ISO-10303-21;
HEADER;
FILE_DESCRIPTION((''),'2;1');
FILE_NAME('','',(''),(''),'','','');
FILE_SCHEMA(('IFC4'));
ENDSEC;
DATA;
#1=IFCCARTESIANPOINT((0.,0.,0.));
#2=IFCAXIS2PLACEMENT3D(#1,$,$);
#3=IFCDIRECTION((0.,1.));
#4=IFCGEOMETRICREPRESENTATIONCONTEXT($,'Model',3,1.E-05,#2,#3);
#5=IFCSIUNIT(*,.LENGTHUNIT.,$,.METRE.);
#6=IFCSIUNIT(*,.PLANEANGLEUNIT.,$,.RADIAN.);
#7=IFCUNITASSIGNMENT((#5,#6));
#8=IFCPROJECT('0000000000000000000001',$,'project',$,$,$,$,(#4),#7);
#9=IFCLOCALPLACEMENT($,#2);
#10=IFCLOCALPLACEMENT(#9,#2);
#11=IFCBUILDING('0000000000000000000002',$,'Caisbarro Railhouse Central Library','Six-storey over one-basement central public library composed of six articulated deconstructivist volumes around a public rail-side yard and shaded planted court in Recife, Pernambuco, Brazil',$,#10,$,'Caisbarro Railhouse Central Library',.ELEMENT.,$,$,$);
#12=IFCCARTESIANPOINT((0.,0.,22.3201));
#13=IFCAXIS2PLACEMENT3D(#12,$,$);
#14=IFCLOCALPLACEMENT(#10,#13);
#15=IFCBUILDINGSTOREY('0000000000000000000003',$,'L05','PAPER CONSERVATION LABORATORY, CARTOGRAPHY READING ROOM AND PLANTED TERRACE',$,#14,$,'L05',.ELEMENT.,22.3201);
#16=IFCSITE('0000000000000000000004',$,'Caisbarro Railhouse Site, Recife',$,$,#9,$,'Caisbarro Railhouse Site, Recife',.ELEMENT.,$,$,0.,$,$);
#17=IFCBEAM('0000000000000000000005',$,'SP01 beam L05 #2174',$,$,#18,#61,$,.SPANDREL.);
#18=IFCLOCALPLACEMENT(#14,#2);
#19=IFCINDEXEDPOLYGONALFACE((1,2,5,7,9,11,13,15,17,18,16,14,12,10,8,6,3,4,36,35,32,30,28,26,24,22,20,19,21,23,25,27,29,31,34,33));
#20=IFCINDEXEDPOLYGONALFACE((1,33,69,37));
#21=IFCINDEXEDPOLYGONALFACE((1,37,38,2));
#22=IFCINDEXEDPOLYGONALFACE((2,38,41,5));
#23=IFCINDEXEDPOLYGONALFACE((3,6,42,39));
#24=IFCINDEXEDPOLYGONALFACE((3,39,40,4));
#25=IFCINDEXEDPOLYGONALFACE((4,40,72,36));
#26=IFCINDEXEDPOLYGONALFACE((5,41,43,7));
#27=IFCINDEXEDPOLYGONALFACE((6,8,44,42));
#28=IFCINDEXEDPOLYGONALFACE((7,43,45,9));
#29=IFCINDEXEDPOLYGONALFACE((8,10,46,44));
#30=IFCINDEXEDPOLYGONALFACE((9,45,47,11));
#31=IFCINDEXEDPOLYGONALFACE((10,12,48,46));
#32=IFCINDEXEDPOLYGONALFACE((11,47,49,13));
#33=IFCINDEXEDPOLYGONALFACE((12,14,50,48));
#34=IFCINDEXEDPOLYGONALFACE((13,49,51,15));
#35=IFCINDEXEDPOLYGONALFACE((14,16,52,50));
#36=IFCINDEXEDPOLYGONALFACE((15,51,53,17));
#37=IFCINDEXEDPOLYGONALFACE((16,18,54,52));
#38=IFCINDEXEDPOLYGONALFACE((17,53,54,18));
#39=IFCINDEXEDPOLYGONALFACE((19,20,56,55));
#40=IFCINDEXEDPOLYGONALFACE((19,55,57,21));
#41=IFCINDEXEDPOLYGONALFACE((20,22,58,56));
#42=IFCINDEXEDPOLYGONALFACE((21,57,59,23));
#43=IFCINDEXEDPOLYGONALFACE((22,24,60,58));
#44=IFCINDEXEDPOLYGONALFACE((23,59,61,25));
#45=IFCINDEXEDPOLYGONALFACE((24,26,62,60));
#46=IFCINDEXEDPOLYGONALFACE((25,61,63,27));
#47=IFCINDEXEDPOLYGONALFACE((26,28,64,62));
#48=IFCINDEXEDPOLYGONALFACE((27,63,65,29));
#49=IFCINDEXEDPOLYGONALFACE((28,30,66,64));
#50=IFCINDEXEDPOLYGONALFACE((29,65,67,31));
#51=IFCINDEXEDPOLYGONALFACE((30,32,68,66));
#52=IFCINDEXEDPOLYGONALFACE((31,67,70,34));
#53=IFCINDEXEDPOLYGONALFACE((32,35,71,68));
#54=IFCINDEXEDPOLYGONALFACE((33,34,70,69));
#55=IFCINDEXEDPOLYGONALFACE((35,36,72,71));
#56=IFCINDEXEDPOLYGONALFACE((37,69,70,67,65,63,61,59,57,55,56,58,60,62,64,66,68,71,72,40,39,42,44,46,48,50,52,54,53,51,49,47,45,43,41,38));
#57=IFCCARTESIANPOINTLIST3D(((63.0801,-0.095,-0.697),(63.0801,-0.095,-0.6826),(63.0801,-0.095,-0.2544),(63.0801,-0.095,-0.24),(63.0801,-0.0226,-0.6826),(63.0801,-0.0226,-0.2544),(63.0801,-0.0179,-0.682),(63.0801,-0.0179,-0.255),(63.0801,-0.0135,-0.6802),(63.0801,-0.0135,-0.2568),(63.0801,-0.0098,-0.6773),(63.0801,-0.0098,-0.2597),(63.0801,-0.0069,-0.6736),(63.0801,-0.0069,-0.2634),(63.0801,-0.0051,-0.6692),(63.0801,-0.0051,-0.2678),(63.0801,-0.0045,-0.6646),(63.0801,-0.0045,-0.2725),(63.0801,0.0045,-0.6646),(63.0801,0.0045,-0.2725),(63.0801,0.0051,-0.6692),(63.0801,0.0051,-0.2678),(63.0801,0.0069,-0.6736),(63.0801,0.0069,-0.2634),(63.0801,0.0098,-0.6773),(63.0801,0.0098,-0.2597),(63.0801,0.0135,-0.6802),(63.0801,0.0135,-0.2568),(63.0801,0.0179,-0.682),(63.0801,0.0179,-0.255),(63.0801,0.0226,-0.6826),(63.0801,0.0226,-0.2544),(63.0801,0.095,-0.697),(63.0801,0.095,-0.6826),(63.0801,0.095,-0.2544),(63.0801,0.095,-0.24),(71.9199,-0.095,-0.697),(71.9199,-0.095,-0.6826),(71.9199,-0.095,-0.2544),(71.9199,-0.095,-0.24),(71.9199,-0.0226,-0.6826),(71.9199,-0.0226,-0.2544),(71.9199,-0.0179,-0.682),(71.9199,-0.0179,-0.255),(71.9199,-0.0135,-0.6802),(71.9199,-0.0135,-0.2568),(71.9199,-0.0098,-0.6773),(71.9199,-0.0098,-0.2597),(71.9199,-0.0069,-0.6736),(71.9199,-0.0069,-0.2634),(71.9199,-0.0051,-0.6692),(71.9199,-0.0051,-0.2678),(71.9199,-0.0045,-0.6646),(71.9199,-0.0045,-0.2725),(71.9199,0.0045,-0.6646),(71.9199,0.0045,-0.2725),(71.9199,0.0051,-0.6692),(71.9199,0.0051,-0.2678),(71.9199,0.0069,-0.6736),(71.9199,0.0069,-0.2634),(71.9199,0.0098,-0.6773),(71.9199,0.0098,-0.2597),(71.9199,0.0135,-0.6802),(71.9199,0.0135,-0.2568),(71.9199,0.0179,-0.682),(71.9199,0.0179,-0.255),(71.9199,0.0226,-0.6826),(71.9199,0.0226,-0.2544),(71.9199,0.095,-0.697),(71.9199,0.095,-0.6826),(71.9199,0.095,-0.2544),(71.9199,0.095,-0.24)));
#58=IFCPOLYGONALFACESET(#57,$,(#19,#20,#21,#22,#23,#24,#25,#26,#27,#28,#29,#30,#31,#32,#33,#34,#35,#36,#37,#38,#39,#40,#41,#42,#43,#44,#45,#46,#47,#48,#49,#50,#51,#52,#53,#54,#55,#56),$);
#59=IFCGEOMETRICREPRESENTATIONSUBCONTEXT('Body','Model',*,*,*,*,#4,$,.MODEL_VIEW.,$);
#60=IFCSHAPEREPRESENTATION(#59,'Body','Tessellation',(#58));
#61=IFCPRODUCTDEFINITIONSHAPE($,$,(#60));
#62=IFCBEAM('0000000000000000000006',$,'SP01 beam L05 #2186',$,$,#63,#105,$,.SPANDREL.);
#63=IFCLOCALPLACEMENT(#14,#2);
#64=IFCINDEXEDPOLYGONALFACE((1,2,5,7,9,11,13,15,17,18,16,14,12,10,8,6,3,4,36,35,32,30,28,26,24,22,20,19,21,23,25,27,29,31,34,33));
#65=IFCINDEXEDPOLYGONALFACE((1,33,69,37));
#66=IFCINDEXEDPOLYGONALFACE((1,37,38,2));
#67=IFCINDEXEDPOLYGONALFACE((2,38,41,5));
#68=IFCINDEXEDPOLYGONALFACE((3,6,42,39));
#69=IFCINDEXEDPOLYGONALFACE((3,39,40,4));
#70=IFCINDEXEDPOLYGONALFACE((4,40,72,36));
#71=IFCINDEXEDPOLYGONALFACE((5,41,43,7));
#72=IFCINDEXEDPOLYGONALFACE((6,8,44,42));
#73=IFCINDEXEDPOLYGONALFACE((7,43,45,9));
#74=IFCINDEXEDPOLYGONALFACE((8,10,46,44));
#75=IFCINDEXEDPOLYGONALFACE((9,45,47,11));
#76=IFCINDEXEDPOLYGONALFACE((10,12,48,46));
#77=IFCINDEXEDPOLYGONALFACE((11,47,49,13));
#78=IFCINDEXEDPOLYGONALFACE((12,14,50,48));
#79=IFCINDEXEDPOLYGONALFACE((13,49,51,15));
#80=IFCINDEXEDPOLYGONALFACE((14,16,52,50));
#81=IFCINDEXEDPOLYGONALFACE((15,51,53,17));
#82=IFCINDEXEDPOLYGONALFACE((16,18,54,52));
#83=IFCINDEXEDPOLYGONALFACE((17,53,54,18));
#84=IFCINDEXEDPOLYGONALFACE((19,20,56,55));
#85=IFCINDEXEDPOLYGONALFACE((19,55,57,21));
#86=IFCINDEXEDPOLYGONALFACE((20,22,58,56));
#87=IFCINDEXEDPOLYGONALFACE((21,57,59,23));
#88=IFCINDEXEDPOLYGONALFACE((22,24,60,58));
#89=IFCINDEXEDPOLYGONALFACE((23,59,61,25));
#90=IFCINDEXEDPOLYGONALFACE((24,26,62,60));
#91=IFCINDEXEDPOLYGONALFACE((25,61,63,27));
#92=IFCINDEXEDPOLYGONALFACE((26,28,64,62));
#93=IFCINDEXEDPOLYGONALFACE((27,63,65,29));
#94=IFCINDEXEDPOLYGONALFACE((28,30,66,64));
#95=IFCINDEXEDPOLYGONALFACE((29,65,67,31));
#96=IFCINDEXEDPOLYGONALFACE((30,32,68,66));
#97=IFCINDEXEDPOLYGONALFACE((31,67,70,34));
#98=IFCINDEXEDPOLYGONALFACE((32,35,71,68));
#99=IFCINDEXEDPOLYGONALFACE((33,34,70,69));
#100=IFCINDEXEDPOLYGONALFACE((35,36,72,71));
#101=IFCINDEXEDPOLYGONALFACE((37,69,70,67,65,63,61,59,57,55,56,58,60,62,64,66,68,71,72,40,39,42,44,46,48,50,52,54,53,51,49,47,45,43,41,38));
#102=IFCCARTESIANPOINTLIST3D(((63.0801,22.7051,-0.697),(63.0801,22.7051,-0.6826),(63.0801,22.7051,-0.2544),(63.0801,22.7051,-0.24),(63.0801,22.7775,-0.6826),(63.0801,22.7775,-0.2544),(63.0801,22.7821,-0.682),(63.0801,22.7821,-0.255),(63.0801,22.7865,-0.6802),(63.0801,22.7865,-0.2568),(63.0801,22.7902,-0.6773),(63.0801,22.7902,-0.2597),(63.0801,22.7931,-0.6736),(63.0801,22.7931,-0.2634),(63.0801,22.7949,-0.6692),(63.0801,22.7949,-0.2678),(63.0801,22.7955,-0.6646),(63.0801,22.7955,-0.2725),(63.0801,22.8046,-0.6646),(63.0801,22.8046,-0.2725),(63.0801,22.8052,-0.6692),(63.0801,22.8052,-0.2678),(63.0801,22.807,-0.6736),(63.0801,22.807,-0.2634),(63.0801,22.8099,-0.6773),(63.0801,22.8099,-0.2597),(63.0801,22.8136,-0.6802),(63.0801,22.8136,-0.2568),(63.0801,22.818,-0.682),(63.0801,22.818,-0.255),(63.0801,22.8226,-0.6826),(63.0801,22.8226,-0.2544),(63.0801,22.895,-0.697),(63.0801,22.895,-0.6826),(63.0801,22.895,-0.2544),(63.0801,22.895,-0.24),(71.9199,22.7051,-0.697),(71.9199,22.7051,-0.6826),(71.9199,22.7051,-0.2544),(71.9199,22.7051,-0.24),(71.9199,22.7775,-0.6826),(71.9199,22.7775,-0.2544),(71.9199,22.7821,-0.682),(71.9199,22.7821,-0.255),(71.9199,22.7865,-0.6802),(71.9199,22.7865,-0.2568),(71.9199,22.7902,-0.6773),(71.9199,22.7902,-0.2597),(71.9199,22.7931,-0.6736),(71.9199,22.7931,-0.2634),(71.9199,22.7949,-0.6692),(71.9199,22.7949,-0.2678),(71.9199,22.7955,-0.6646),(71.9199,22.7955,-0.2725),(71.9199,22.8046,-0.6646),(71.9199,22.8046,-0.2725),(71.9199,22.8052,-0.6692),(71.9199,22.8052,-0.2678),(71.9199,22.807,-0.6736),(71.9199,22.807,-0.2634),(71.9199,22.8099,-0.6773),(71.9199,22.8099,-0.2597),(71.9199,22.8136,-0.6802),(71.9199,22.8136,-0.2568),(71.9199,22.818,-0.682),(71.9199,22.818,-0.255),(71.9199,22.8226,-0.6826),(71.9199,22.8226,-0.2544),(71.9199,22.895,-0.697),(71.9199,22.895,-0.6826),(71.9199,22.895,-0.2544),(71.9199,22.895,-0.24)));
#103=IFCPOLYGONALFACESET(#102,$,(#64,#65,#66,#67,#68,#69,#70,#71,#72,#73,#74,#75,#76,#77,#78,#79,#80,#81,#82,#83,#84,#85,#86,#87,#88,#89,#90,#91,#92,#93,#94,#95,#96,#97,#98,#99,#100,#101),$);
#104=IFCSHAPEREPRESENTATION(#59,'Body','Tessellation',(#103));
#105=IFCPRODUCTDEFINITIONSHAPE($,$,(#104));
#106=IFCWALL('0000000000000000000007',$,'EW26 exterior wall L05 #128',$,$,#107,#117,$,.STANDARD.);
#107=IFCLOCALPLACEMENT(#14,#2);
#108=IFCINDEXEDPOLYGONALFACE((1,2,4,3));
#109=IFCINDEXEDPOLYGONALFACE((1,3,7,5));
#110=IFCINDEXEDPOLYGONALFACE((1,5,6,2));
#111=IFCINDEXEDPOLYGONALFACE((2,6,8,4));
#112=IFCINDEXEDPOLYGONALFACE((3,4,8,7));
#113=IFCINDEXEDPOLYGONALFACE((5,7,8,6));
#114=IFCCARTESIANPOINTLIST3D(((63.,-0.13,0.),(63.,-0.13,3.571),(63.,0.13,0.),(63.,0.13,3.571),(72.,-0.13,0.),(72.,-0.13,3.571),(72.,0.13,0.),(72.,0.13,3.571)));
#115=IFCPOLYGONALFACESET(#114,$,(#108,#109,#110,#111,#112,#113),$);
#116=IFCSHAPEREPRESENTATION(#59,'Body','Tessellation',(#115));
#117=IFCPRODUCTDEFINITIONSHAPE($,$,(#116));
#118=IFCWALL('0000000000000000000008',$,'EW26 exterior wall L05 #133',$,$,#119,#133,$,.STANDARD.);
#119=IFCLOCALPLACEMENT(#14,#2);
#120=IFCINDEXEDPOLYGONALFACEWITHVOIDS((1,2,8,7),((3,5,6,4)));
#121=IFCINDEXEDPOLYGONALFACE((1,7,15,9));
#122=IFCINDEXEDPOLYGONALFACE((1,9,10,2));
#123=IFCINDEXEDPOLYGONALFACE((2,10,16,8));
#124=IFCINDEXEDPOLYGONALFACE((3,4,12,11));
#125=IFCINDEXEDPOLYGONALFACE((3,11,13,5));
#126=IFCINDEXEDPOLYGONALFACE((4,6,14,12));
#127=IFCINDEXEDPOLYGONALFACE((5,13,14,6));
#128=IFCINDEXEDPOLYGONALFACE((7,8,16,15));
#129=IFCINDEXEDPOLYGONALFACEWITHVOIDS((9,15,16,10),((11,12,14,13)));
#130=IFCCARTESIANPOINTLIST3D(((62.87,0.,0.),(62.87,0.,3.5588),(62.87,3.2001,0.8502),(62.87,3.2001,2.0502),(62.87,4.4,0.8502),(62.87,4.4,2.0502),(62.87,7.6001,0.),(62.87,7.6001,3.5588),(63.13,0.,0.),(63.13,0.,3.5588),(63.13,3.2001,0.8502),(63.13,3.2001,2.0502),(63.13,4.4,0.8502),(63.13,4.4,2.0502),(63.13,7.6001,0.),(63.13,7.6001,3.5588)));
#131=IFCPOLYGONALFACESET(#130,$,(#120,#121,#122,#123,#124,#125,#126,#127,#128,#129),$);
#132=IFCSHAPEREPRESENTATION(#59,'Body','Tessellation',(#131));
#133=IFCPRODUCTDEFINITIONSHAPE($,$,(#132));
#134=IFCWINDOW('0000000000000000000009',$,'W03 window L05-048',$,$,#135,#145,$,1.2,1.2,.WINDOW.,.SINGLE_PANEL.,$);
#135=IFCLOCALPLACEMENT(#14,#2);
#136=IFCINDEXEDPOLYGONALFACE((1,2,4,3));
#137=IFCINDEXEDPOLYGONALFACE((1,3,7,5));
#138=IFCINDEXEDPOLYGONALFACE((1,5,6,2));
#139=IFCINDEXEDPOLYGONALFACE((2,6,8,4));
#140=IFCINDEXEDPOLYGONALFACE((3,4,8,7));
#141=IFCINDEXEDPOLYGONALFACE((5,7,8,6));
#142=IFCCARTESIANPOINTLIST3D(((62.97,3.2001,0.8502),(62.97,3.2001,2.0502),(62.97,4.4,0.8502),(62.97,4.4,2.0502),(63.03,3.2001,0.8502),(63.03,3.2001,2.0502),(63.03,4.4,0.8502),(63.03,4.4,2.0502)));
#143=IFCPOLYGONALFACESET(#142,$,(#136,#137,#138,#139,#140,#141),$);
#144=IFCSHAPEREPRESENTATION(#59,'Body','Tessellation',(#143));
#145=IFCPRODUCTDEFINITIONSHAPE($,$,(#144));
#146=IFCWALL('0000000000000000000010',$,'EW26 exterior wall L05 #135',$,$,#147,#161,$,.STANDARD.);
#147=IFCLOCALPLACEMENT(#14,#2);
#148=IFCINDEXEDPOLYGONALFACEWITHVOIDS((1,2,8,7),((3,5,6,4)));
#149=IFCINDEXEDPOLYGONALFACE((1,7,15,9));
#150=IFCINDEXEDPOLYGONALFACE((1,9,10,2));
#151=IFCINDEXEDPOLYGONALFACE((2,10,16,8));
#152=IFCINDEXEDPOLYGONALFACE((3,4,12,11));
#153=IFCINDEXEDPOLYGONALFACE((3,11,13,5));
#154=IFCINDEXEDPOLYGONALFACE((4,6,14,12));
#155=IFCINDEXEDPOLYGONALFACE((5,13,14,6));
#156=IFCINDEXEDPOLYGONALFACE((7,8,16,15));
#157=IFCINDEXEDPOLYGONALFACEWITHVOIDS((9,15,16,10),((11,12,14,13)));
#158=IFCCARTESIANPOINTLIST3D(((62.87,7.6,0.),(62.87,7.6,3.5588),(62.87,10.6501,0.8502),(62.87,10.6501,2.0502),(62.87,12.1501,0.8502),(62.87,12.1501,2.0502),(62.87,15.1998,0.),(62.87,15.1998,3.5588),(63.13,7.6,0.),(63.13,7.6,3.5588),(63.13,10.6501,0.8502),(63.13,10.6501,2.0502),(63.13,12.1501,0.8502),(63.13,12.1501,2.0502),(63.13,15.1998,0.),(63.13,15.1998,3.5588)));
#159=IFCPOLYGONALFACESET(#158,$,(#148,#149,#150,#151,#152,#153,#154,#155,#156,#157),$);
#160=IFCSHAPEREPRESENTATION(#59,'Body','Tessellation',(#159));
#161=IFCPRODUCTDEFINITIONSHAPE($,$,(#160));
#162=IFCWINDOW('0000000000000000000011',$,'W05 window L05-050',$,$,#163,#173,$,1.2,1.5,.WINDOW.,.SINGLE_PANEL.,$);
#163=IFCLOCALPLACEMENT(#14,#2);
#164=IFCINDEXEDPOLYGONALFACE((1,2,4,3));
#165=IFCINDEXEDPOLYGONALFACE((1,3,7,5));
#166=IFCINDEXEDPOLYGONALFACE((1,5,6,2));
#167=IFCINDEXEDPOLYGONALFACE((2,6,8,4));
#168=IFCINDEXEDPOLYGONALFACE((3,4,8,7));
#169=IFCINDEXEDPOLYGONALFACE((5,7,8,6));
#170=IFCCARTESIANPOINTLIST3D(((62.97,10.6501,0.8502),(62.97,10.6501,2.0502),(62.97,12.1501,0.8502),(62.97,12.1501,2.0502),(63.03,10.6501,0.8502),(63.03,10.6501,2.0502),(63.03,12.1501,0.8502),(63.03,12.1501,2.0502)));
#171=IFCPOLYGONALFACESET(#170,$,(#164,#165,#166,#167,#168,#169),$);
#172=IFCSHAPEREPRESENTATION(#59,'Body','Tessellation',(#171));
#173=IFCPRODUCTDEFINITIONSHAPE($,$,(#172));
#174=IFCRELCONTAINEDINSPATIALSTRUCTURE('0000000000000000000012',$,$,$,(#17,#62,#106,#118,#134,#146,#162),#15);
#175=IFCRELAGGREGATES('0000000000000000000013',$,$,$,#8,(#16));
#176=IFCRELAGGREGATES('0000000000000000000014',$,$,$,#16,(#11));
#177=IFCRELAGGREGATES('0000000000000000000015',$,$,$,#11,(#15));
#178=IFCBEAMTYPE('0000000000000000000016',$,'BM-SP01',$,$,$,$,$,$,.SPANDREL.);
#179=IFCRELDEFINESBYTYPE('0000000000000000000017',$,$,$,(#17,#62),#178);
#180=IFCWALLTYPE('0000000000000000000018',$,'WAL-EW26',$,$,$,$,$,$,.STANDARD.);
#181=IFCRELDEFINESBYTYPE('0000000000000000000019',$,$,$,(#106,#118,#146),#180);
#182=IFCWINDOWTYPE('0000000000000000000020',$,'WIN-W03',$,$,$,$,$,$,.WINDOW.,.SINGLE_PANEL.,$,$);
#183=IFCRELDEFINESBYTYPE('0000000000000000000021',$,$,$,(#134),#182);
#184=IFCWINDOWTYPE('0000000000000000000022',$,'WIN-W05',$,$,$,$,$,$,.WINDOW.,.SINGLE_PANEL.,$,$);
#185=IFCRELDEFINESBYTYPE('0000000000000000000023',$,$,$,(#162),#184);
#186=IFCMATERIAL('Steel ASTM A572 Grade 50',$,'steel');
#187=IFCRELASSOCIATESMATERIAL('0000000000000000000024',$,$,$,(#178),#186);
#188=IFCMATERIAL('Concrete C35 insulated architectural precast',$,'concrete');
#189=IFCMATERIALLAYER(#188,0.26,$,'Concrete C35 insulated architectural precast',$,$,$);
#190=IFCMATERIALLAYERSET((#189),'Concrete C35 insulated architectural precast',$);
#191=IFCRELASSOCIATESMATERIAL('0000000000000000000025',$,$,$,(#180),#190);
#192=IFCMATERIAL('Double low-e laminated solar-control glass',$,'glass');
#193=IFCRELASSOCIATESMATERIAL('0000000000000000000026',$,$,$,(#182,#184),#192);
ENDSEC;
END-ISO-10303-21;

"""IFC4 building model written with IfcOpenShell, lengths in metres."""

from ifc_helpers import new_model, si_unit, direction, frame, frame_2d, origin, origin_2d, place, context, subcontext, project, spatial, rectangle, i_section, extrude, material, layer, layer_set, material_profile, profile_set, type_object, element, fill, save


model = new_model("IFC4")

# Units and contexts
model_context = context("Model", 3, precision=1e-05, world=origin(), true_north=direction((0.0, 1.0)))
body_context = subcontext(model_context, "Body", "Model", "MODEL_VIEW")
ifc_project = project(units=[si_unit("LENGTHUNIT", "METRE"), si_unit("PLANEANGLEUNIT", "RADIAN")], contexts=[model_context])

# Site, building, storey
site_placement = place(None, origin())
site = spatial("IfcSite", under=ifc_project, at=site_placement, Name="Caisbarro Railhouse Site, Recife", LongName="Caisbarro Railhouse Site, Recife", CompositionType="ELEMENT", RefElevation=0.0)
building_placement = place(site_placement, origin())
building = spatial("IfcBuilding", under=site, at=building_placement, Name="Caisbarro Railhouse Central Library", Description="Six-storey over one-basement central public library composed of six articulated deconstructivist volumes around a public rail-side yard and shaded planted court in Recife, Pernambuco, Brazil", LongName="Caisbarro Railhouse Central Library", CompositionType="ELEMENT")
storey_placement = place(building_placement, frame((0.0, 0.0, 22.3201)))
storey = spatial("IfcBuildingStorey", under=building, at=storey_placement, Name="L05", Description="PAPER CONSERVATION LABORATORY, CARTOGRAPHY READING ROOM AND PLANTED TERRACE", LongName="L05", CompositionType="ELEMENT", Elevation=22.3201)

# Shared definitions
ifc_material_1 = material(Name="Steel ASTM A572 Grade 50", Category="steel")

# Beams
ifc_material_profile_1 = material_profile(ifc_material_1, i_section(OverallWidth=0.1899, OverallDepth=0.457, WebThickness=0.009, FlangeThickness=0.0144, FilletRadius=0.0181, at=origin_2d()), Name="W460X74.0")
ifc_profile_set_1 = profile_set([ifc_material_profile_1], Name="Steel ASTM A572 Grade 50")
beam_type_1 = type_object("IfcBeamType", Name="BM-SP01", PredefinedType="SPANDREL", material=ifc_profile_set_1)
for number, where, z_axis, x_axis, name in (
    (1, (63.0801, 0.0, -0.4685), (1.0, 0.0, 0.0), (0.0, 1.0, 0.0), "SP01 beam L05 #2174"),
    (2, (63.0801, 22.8, -0.4685), (1.0, 0.0, 0.0), (0.0, 1.0, 0.0), "SP01 beam L05 #2186"),
):
    element("IfcBeam", number, at=place(storey_placement, frame(where, z_axis=z_axis, x_axis=x_axis)), inside=storey, type_object=beam_type_1, Name=name, PredefinedType="SPANDREL", context=body_context, shape_type="SweptSolid", body=[
        extrude(i_section(OverallWidth=0.1899, OverallDepth=0.457, WebThickness=0.009, FlangeThickness=0.0144, FilletRadius=0.0181, at=origin_2d()), origin(), (0.0, 0.0, 1.0), 8.8398),
    ])

# Wall
ifc_material_2 = material(Name="Concrete C35 insulated architectural precast", Category="concrete")
ifc_layer_1 = layer(ifc_material_2, 0.26, Name="Concrete C35 insulated architectural precast")
ifc_layer_set_1 = layer_set([ifc_layer_1], Name="Concrete C35 insulated architectural precast")
wall_type = type_object("IfcWallType", Name="WAL-EW26", PredefinedType="STANDARD", material=ifc_layer_set_1)
wall_1_placement = place(storey_placement, frame((63.0, 0.0, 0.0), z_axis=(0.0, 0.0, 1.0), x_axis=(1.0, 0.0, 0.0)))
element("IfcWall", 3, at=wall_1_placement, inside=storey, type_object=wall_type, Name="EW26 exterior wall L05 #128", PredefinedType="STANDARD", context=body_context, shape_type="SweptSolid", body=[
    extrude(rectangle(XDim=9.0, YDim=0.26, at=frame_2d((4.5, 0.0))), origin(), (0.0, 0.0, 1.0), 3.571),
])

# Walls, openings, windows
wall_2_placement = place(storey_placement, frame((63.0, 0.0, 0.0), z_axis=(0.0, 0.0, 1.0), x_axis=(0.0, 1.0, 0.0)))
wall_2 = element("IfcWall", 4, at=wall_2_placement, inside=storey, type_object=wall_type, Name="EW26 exterior wall L05 #133", PredefinedType="STANDARD", context=body_context, shape_type="SweptSolid", body=[
    extrude(rectangle(XDim=7.6001, YDim=0.26, at=frame_2d((3.8, 0.0))), origin(), (0.0, 0.0, 1.0), 3.5588),
])
opening_1_placement = place(wall_2_placement, frame((3.2, 0.0, 0.8501)))
opening_1 = element("IfcOpeningElement", 5, at=opening_1_placement, cuts=wall_2, PredefinedType="OPENING", context=body_context, shape_type="SweptSolid", body=[
    extrude(rectangle(XDim=1.2, YDim=1.2, at=frame_2d((0.6001, 0.6001))), frame((0.0, 0.1401, 0.0), z_axis=(0.0, -1.0, 0.0), x_axis=(1.0, 0.0, 0.0)), (0.0, 0.0, 1.0), 0.28),
])
ifc_material_3 = material(Name="Double low-e laminated solar-control glass", Category="glass")
window_type_1 = type_object("IfcWindowType", Name="WIN-W03", PartitioningType="SINGLE_PANEL", PredefinedType="WINDOW", material=ifc_material_3)
window_1_placement = place(opening_1_placement, origin())
window_1 = element("IfcWindow", 6, at=window_1_placement, inside=storey, type_object=window_type_1, Name="W03 window L05-048", OverallHeight=1.2, OverallWidth=1.2, PartitioningType="SINGLE_PANEL", PredefinedType="WINDOW", context=body_context, shape_type="SweptSolid", body=[
    extrude(rectangle(XDim=1.2, YDim=1.2, at=frame_2d((0.6001, 0.6001))), frame((0.0, 0.03, 0.0), z_axis=(0.0, -1.0, 0.0), x_axis=(1.0, 0.0, 0.0)), (0.0, 0.0, 1.0), 0.0601),
])
fill(opening_1, window_1)
wall_3_placement = place(storey_placement, frame((63.0, 7.6001, 0.0), z_axis=(0.0, 0.0, 1.0), x_axis=(0.0, 1.0, 0.0)))
wall_3 = element("IfcWall", 7, at=wall_3_placement, inside=storey, type_object=wall_type, Name="EW26 exterior wall L05 #135", PredefinedType="STANDARD", context=body_context, shape_type="SweptSolid", body=[
    extrude(rectangle(XDim=7.5999, YDim=0.26, at=frame_2d((3.7998, 0.0))), origin(), (0.0, 0.0, 1.0), 3.5588),
])
opening_2_placement = place(wall_3_placement, frame((3.05, 0.0, 0.8501)))
opening_2 = element("IfcOpeningElement", 8, at=opening_2_placement, cuts=wall_3, PredefinedType="OPENING", context=body_context, shape_type="SweptSolid", body=[
    extrude(rectangle(XDim=1.5, YDim=1.2, at=frame_2d((0.75, 0.6001))), frame((0.0, 0.1401, 0.0), z_axis=(0.0, -1.0, 0.0), x_axis=(1.0, 0.0, 0.0)), (0.0, 0.0, 1.0), 0.28),
])
window_type_2 = type_object("IfcWindowType", Name="WIN-W05", PartitioningType="SINGLE_PANEL", PredefinedType="WINDOW", material=ifc_material_3)
window_2_placement = place(opening_2_placement, origin())
window_2 = element("IfcWindow", 9, at=window_2_placement, inside=storey, type_object=window_type_2, Name="W05 window L05-050", OverallHeight=1.2, OverallWidth=1.5, PartitioningType="SINGLE_PANEL", PredefinedType="WINDOW", context=body_context, shape_type="SweptSolid", body=[
    extrude(rectangle(XDim=1.5, YDim=1.2, at=frame_2d((0.75, 0.6001))), frame((0.0, 0.03, 0.0), z_axis=(0.0, -1.0, 0.0), x_axis=(1.0, 0.0, 0.0)), (0.0, 0.0, 1.0), 0.0601),
])
fill(opening_2, window_2)

save(model, "model.ifc")
